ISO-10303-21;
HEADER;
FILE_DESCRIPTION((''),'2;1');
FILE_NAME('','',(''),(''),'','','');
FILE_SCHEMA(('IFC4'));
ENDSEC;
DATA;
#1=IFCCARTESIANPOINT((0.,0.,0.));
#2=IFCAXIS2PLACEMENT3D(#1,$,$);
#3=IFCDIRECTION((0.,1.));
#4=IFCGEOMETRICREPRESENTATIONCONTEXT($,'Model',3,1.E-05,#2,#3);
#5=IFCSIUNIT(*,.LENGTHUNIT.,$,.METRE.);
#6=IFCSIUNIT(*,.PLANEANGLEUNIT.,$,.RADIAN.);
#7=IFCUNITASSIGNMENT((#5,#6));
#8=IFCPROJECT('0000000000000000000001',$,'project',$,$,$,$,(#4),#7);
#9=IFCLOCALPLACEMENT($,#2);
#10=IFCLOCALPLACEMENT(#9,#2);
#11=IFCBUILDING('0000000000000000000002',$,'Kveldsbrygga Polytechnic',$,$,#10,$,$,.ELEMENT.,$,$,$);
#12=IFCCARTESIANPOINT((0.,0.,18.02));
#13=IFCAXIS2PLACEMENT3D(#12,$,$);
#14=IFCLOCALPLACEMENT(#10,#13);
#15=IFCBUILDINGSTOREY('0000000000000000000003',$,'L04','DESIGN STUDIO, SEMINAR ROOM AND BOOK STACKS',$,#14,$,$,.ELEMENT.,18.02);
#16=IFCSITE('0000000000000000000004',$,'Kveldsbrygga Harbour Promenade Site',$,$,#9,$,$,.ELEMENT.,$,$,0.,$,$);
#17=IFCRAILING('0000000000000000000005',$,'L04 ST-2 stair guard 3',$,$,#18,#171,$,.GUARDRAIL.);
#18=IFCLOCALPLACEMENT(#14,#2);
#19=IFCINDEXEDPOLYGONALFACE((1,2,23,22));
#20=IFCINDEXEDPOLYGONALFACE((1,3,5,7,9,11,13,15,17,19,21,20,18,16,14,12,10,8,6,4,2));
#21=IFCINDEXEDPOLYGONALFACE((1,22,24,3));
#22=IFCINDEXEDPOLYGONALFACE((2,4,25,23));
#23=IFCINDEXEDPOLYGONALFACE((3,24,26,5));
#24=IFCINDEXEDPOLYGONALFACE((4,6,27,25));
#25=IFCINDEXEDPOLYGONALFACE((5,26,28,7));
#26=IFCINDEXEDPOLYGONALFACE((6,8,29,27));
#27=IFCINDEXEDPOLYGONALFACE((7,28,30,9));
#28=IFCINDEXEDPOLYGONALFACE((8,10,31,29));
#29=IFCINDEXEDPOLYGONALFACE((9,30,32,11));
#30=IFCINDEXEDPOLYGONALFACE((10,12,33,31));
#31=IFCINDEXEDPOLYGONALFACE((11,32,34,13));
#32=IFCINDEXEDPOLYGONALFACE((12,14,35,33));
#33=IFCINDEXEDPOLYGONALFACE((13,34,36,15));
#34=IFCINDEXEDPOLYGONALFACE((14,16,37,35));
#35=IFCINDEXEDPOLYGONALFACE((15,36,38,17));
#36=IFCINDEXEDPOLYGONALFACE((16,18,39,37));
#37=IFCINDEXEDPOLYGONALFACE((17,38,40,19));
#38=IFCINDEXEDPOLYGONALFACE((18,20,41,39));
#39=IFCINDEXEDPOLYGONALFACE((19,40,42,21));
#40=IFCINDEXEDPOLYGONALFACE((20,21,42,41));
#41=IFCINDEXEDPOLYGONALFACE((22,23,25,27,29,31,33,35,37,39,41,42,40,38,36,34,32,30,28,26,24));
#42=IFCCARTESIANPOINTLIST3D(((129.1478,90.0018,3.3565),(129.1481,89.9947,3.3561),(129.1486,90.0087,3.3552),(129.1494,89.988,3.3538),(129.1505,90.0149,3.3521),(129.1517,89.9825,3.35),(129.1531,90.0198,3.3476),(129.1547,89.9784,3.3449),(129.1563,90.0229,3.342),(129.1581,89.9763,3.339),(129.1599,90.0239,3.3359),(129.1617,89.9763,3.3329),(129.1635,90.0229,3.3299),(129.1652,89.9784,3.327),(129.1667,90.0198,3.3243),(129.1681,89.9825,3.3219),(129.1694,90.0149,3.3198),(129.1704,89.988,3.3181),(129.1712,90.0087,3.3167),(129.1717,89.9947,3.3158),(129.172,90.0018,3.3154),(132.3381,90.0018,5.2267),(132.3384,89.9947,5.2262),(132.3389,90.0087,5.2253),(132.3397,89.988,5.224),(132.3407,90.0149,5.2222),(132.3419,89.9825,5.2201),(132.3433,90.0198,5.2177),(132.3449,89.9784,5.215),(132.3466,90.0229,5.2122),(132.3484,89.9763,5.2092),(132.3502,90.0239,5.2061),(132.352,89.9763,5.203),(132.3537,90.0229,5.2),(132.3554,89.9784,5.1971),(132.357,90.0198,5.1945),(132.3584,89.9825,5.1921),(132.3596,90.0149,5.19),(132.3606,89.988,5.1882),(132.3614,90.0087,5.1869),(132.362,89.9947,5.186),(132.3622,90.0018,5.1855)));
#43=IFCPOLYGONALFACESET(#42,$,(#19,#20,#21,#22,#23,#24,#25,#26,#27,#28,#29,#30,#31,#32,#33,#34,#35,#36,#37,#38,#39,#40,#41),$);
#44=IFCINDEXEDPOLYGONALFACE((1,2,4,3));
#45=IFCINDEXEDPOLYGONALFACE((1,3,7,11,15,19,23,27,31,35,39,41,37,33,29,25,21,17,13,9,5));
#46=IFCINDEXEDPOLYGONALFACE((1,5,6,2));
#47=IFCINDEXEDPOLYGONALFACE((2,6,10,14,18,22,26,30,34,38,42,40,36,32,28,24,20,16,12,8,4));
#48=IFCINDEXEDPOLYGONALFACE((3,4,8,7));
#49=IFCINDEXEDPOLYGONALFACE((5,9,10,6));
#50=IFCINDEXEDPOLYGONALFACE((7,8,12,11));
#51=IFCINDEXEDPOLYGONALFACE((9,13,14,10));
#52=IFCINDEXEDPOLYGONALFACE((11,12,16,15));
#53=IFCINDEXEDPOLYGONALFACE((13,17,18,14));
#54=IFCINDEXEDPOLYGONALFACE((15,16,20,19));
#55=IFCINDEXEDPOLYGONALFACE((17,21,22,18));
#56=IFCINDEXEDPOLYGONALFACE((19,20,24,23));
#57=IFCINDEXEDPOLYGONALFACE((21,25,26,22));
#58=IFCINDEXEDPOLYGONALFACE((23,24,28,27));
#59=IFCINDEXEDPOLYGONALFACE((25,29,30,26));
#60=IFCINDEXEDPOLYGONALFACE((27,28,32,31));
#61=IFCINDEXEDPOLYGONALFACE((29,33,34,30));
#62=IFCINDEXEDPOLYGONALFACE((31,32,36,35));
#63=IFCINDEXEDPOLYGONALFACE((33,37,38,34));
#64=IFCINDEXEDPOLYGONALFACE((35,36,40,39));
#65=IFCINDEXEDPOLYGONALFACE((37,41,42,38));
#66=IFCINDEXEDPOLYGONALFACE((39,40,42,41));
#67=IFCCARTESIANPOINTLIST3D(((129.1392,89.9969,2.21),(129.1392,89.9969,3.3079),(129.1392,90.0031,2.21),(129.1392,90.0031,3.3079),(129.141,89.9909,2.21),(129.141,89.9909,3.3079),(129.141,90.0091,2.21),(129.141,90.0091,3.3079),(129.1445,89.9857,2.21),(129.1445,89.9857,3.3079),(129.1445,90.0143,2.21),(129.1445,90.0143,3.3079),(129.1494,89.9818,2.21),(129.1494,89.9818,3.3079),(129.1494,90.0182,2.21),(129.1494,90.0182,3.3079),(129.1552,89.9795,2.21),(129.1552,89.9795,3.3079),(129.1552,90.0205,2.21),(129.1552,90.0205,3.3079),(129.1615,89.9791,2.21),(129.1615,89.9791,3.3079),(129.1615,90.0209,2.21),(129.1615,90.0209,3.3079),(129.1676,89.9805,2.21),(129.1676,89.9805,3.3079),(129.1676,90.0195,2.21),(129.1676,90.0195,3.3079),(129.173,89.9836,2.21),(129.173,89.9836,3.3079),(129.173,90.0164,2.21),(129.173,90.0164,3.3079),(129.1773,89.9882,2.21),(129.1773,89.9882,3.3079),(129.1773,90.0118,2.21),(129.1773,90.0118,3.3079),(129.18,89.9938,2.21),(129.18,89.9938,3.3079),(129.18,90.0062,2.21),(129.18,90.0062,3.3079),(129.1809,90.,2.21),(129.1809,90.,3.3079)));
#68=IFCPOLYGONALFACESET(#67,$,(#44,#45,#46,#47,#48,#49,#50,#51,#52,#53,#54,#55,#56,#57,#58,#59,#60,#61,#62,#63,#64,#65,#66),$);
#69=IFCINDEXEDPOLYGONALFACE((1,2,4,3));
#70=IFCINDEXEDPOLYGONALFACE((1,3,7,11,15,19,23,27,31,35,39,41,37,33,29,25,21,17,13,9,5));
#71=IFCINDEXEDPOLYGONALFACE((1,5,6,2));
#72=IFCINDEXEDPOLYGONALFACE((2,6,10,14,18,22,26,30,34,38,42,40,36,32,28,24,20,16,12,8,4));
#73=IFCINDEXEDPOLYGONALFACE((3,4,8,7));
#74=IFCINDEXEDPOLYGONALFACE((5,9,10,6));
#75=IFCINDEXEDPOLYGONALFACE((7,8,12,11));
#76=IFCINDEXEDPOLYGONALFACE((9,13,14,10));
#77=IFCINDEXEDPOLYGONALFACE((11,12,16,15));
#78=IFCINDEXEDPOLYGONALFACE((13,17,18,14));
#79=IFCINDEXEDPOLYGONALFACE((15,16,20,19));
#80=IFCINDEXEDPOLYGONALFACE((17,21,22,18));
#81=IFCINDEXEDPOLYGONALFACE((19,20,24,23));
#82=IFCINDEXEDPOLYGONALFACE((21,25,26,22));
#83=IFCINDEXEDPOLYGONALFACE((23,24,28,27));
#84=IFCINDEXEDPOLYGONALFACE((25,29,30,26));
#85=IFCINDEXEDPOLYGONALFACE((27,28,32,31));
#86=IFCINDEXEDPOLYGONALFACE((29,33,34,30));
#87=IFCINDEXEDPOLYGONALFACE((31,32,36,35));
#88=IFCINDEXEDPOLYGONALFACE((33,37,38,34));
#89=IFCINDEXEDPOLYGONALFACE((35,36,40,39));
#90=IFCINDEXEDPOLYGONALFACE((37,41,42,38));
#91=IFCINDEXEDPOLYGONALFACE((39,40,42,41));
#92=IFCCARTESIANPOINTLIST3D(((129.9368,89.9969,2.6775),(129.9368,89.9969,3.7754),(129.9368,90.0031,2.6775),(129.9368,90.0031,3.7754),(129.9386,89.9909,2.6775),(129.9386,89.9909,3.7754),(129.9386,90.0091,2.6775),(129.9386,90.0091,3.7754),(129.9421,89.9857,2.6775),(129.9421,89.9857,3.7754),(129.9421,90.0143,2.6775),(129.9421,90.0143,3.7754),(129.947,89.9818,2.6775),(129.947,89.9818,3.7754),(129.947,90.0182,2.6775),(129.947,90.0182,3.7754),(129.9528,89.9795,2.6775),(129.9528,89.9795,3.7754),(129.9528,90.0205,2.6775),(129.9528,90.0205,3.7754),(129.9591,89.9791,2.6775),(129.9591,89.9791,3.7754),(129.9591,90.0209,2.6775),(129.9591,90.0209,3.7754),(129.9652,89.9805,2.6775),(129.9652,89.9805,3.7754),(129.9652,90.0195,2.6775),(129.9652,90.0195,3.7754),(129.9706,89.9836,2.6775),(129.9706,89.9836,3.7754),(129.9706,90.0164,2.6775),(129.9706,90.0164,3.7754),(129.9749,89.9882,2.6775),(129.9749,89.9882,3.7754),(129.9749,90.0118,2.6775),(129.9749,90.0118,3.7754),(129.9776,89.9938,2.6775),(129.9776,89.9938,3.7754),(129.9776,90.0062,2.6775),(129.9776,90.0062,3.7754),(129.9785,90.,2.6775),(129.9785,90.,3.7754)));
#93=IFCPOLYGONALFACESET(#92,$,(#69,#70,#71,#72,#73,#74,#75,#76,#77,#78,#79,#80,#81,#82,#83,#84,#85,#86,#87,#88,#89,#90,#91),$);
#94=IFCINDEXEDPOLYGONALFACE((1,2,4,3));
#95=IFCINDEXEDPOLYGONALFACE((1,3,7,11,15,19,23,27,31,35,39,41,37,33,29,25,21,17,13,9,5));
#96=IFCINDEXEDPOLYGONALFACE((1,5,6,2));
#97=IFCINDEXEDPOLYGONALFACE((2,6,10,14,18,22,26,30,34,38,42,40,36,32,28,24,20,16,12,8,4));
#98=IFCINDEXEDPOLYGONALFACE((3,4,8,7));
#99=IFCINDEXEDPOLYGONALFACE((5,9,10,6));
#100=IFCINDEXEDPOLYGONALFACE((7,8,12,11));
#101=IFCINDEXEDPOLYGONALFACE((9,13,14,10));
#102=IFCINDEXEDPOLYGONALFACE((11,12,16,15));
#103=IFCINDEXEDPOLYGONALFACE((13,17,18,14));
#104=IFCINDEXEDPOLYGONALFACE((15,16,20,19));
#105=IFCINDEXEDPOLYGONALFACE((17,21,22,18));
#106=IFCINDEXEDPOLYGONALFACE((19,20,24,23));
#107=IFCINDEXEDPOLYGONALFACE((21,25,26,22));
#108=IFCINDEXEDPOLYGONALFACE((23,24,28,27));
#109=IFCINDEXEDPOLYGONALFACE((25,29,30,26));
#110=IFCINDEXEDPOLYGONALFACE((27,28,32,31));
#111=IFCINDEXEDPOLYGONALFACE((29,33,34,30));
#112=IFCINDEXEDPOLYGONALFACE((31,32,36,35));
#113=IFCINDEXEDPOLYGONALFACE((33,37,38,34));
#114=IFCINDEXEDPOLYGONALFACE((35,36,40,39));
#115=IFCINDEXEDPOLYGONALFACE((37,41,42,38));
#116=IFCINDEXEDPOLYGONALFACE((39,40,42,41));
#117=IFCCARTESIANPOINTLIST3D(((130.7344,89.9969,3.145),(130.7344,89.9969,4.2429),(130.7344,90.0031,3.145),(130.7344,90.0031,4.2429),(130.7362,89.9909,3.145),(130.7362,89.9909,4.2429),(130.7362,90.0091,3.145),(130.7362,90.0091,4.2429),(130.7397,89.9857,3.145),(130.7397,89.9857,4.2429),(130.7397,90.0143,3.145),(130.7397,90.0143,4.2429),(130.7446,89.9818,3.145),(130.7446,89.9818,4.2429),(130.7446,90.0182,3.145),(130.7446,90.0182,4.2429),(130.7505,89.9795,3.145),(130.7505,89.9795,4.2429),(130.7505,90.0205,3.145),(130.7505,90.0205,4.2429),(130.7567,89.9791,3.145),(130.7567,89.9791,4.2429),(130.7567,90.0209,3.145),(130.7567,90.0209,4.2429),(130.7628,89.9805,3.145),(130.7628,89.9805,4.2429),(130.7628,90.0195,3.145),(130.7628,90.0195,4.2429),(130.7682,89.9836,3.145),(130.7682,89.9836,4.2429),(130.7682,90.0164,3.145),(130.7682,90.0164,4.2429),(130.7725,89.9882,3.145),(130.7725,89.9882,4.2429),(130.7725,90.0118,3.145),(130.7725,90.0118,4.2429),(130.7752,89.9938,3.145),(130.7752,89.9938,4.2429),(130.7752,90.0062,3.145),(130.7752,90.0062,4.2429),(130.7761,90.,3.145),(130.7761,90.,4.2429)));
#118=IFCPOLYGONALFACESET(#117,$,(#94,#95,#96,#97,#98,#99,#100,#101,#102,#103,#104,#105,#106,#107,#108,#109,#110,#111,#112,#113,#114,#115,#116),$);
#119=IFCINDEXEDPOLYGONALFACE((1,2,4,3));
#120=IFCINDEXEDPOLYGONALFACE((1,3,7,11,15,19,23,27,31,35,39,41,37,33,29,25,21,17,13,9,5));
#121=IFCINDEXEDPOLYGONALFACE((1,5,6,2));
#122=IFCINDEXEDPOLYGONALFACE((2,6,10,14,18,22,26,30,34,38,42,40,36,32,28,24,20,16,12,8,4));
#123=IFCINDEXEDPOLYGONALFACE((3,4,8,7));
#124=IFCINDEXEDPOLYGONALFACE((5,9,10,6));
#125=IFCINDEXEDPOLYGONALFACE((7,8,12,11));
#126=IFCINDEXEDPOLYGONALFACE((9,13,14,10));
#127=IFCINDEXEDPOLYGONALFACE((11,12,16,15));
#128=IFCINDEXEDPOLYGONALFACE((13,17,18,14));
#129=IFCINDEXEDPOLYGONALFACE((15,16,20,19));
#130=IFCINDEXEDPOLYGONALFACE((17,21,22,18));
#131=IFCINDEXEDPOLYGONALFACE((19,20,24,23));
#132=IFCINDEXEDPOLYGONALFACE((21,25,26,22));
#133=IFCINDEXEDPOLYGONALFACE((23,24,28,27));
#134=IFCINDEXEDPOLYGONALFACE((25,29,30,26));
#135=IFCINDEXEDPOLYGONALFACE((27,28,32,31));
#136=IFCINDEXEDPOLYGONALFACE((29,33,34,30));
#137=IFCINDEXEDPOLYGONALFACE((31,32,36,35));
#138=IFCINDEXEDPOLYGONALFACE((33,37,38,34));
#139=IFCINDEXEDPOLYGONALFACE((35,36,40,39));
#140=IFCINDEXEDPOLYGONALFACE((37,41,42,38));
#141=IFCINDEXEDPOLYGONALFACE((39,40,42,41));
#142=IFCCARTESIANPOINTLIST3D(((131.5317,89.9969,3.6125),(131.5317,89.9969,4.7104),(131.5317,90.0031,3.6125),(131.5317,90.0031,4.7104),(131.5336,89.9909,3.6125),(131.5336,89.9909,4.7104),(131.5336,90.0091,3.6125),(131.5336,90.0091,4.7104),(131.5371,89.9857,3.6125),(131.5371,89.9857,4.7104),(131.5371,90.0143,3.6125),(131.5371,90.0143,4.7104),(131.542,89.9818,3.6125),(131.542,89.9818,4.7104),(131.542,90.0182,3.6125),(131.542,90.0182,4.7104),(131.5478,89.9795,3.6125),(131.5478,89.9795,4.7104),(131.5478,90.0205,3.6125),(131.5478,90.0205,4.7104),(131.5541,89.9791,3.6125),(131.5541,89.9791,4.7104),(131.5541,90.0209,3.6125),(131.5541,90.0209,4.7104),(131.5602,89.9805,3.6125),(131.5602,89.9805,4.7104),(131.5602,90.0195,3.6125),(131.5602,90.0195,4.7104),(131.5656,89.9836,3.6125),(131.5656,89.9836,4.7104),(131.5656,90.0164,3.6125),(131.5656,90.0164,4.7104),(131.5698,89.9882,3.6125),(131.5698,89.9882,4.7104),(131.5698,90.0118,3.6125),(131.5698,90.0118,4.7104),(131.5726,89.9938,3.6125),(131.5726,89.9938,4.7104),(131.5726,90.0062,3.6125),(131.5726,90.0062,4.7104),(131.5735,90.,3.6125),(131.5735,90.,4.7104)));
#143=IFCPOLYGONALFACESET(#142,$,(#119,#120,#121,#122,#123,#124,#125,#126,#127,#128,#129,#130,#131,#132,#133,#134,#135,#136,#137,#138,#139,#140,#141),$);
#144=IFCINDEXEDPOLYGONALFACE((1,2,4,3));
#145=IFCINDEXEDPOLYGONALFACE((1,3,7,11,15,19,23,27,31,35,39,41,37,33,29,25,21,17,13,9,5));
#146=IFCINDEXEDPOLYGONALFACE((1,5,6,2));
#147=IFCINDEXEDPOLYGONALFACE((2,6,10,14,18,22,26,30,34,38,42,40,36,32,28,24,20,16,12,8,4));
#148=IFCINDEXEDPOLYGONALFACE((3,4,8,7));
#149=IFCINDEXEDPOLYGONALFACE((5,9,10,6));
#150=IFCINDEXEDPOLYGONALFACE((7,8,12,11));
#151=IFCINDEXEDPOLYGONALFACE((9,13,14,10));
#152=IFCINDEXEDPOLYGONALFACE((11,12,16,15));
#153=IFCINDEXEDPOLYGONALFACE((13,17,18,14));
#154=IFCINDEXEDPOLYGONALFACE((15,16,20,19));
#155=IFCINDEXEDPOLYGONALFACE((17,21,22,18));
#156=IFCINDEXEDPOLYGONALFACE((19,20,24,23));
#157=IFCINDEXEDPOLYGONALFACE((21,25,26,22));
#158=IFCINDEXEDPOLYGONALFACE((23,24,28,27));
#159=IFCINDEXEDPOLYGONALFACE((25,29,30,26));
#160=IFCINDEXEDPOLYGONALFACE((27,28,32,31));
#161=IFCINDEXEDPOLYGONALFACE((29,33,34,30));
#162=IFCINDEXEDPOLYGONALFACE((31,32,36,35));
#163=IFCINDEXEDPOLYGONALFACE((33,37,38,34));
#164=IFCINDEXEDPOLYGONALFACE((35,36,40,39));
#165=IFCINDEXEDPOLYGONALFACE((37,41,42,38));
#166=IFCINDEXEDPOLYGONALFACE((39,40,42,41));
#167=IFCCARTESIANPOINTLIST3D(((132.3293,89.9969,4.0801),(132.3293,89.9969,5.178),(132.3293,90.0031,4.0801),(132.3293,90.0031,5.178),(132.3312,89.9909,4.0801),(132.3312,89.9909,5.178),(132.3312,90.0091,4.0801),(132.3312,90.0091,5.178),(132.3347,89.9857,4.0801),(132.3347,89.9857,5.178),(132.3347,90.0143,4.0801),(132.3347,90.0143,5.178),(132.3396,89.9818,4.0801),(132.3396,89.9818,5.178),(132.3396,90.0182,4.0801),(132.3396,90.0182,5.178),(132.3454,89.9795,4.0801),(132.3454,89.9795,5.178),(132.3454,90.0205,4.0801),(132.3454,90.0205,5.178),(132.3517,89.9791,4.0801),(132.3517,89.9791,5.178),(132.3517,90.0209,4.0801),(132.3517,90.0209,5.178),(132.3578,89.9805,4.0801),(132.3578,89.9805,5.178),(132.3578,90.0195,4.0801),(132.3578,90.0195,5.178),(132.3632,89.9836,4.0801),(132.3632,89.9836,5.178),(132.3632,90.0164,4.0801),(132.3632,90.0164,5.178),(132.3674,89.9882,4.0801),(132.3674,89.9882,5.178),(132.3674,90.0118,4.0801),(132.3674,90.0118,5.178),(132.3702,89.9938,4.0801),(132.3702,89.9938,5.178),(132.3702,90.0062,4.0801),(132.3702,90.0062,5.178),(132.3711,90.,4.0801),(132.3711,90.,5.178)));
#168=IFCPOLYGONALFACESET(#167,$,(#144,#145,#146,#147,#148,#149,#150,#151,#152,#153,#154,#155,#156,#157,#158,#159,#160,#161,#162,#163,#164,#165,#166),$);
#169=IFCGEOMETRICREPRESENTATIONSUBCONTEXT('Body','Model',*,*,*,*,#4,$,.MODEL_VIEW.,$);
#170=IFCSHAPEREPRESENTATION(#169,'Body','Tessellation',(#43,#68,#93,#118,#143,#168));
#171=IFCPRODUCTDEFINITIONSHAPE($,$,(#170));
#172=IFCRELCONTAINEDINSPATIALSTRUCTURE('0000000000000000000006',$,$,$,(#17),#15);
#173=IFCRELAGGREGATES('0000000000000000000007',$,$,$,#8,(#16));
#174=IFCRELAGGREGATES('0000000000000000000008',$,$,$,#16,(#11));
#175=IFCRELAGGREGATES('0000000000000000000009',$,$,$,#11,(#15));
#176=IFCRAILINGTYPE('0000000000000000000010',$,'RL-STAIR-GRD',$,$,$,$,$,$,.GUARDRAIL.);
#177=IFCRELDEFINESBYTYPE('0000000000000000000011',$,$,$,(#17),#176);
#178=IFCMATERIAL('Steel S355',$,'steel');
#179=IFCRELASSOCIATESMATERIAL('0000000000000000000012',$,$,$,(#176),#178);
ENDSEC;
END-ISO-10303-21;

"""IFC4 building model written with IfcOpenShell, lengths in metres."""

from ifc_helpers import new_model, si_unit, direction, frame, origin, origin_2d, place, context, subcontext, project, spatial, circle, extrude, material, type_object, element, save


model = new_model("IFC4")

# Units and contexts
model_context = context("Model", 3, precision=1e-05, world=origin(), true_north=direction((0.0, 1.0)))
body_context = subcontext(model_context, "Body", "Model", "MODEL_VIEW")
ifc_project = project(units=[si_unit("LENGTHUNIT", "METRE"), si_unit("PLANEANGLEUNIT", "RADIAN")], contexts=[model_context])

# Site, building, storey
site_placement = place(None, origin())
site = spatial("IfcSite", under=ifc_project, at=site_placement, Name="Kveldsbrygga Harbour Promenade Site", CompositionType="ELEMENT", RefElevation=0.0)
building_placement = place(site_placement, origin())
building = spatial("IfcBuilding", under=site, at=building_placement, Name="Kveldsbrygga Polytechnic", CompositionType="ELEMENT")
storey_placement = place(building_placement, frame((0.0, 0.0, 18.02)))
storey = spatial("IfcBuildingStorey", under=building, at=storey_placement, Name="L04", Description="DESIGN STUDIO, SEMINAR ROOM AND BOOK STACKS", CompositionType="ELEMENT", Elevation=18.02)

# Shared definitions
ifc_material_1 = material(Name="Steel S355", Category="steel")

# Railing
railing_type_1 = type_object("IfcRailingType", Name="RL-STAIR-GRD", PredefinedType="GUARDRAIL", material=ifc_material_1)
railing_1_placement = place(storey_placement, frame((129.1599, 90.0, 2.21)))
element("IfcRailing", 1, at=railing_1_placement, inside=storey, type_object=railing_type_1, Name="L04 ST-2 stair guard 3", PredefinedType="GUARDRAIL", context=body_context, shape_type="SweptSolid", body=[
    extrude(circle(Radius=0.0239, at=origin_2d()), frame((0.0, 0.0, 1.126), z_axis=(0.862697, 0.0, 0.505721), x_axis=(0.0, 1.0, 0.0)), (0.0, 0.0, 1.0), 3.698),
    extrude(circle(Radius=0.021, at=origin_2d()), origin(), (0.0, 0.0, 1.0), 1.0979),
    extrude(circle(Radius=0.021, at=origin_2d()), frame((0.7976, 0.0, 0.4675)), (0.0, 0.0, 1.0), 1.0979),
    extrude(circle(Radius=0.021, at=origin_2d()), frame((1.5952, 0.0, 0.9351)), (0.0, 0.0, 1.0), 1.0979),
    extrude(circle(Radius=0.021, at=origin_2d()), frame((2.3926, 0.0, 1.4026)), (0.0, 0.0, 1.0), 1.0979),
    extrude(circle(Radius=0.021, at=origin_2d()), frame((3.1902, 0.0, 1.8701)), (0.0, 0.0, 1.0), 1.0979),
])

save(model, "model.ifc")
